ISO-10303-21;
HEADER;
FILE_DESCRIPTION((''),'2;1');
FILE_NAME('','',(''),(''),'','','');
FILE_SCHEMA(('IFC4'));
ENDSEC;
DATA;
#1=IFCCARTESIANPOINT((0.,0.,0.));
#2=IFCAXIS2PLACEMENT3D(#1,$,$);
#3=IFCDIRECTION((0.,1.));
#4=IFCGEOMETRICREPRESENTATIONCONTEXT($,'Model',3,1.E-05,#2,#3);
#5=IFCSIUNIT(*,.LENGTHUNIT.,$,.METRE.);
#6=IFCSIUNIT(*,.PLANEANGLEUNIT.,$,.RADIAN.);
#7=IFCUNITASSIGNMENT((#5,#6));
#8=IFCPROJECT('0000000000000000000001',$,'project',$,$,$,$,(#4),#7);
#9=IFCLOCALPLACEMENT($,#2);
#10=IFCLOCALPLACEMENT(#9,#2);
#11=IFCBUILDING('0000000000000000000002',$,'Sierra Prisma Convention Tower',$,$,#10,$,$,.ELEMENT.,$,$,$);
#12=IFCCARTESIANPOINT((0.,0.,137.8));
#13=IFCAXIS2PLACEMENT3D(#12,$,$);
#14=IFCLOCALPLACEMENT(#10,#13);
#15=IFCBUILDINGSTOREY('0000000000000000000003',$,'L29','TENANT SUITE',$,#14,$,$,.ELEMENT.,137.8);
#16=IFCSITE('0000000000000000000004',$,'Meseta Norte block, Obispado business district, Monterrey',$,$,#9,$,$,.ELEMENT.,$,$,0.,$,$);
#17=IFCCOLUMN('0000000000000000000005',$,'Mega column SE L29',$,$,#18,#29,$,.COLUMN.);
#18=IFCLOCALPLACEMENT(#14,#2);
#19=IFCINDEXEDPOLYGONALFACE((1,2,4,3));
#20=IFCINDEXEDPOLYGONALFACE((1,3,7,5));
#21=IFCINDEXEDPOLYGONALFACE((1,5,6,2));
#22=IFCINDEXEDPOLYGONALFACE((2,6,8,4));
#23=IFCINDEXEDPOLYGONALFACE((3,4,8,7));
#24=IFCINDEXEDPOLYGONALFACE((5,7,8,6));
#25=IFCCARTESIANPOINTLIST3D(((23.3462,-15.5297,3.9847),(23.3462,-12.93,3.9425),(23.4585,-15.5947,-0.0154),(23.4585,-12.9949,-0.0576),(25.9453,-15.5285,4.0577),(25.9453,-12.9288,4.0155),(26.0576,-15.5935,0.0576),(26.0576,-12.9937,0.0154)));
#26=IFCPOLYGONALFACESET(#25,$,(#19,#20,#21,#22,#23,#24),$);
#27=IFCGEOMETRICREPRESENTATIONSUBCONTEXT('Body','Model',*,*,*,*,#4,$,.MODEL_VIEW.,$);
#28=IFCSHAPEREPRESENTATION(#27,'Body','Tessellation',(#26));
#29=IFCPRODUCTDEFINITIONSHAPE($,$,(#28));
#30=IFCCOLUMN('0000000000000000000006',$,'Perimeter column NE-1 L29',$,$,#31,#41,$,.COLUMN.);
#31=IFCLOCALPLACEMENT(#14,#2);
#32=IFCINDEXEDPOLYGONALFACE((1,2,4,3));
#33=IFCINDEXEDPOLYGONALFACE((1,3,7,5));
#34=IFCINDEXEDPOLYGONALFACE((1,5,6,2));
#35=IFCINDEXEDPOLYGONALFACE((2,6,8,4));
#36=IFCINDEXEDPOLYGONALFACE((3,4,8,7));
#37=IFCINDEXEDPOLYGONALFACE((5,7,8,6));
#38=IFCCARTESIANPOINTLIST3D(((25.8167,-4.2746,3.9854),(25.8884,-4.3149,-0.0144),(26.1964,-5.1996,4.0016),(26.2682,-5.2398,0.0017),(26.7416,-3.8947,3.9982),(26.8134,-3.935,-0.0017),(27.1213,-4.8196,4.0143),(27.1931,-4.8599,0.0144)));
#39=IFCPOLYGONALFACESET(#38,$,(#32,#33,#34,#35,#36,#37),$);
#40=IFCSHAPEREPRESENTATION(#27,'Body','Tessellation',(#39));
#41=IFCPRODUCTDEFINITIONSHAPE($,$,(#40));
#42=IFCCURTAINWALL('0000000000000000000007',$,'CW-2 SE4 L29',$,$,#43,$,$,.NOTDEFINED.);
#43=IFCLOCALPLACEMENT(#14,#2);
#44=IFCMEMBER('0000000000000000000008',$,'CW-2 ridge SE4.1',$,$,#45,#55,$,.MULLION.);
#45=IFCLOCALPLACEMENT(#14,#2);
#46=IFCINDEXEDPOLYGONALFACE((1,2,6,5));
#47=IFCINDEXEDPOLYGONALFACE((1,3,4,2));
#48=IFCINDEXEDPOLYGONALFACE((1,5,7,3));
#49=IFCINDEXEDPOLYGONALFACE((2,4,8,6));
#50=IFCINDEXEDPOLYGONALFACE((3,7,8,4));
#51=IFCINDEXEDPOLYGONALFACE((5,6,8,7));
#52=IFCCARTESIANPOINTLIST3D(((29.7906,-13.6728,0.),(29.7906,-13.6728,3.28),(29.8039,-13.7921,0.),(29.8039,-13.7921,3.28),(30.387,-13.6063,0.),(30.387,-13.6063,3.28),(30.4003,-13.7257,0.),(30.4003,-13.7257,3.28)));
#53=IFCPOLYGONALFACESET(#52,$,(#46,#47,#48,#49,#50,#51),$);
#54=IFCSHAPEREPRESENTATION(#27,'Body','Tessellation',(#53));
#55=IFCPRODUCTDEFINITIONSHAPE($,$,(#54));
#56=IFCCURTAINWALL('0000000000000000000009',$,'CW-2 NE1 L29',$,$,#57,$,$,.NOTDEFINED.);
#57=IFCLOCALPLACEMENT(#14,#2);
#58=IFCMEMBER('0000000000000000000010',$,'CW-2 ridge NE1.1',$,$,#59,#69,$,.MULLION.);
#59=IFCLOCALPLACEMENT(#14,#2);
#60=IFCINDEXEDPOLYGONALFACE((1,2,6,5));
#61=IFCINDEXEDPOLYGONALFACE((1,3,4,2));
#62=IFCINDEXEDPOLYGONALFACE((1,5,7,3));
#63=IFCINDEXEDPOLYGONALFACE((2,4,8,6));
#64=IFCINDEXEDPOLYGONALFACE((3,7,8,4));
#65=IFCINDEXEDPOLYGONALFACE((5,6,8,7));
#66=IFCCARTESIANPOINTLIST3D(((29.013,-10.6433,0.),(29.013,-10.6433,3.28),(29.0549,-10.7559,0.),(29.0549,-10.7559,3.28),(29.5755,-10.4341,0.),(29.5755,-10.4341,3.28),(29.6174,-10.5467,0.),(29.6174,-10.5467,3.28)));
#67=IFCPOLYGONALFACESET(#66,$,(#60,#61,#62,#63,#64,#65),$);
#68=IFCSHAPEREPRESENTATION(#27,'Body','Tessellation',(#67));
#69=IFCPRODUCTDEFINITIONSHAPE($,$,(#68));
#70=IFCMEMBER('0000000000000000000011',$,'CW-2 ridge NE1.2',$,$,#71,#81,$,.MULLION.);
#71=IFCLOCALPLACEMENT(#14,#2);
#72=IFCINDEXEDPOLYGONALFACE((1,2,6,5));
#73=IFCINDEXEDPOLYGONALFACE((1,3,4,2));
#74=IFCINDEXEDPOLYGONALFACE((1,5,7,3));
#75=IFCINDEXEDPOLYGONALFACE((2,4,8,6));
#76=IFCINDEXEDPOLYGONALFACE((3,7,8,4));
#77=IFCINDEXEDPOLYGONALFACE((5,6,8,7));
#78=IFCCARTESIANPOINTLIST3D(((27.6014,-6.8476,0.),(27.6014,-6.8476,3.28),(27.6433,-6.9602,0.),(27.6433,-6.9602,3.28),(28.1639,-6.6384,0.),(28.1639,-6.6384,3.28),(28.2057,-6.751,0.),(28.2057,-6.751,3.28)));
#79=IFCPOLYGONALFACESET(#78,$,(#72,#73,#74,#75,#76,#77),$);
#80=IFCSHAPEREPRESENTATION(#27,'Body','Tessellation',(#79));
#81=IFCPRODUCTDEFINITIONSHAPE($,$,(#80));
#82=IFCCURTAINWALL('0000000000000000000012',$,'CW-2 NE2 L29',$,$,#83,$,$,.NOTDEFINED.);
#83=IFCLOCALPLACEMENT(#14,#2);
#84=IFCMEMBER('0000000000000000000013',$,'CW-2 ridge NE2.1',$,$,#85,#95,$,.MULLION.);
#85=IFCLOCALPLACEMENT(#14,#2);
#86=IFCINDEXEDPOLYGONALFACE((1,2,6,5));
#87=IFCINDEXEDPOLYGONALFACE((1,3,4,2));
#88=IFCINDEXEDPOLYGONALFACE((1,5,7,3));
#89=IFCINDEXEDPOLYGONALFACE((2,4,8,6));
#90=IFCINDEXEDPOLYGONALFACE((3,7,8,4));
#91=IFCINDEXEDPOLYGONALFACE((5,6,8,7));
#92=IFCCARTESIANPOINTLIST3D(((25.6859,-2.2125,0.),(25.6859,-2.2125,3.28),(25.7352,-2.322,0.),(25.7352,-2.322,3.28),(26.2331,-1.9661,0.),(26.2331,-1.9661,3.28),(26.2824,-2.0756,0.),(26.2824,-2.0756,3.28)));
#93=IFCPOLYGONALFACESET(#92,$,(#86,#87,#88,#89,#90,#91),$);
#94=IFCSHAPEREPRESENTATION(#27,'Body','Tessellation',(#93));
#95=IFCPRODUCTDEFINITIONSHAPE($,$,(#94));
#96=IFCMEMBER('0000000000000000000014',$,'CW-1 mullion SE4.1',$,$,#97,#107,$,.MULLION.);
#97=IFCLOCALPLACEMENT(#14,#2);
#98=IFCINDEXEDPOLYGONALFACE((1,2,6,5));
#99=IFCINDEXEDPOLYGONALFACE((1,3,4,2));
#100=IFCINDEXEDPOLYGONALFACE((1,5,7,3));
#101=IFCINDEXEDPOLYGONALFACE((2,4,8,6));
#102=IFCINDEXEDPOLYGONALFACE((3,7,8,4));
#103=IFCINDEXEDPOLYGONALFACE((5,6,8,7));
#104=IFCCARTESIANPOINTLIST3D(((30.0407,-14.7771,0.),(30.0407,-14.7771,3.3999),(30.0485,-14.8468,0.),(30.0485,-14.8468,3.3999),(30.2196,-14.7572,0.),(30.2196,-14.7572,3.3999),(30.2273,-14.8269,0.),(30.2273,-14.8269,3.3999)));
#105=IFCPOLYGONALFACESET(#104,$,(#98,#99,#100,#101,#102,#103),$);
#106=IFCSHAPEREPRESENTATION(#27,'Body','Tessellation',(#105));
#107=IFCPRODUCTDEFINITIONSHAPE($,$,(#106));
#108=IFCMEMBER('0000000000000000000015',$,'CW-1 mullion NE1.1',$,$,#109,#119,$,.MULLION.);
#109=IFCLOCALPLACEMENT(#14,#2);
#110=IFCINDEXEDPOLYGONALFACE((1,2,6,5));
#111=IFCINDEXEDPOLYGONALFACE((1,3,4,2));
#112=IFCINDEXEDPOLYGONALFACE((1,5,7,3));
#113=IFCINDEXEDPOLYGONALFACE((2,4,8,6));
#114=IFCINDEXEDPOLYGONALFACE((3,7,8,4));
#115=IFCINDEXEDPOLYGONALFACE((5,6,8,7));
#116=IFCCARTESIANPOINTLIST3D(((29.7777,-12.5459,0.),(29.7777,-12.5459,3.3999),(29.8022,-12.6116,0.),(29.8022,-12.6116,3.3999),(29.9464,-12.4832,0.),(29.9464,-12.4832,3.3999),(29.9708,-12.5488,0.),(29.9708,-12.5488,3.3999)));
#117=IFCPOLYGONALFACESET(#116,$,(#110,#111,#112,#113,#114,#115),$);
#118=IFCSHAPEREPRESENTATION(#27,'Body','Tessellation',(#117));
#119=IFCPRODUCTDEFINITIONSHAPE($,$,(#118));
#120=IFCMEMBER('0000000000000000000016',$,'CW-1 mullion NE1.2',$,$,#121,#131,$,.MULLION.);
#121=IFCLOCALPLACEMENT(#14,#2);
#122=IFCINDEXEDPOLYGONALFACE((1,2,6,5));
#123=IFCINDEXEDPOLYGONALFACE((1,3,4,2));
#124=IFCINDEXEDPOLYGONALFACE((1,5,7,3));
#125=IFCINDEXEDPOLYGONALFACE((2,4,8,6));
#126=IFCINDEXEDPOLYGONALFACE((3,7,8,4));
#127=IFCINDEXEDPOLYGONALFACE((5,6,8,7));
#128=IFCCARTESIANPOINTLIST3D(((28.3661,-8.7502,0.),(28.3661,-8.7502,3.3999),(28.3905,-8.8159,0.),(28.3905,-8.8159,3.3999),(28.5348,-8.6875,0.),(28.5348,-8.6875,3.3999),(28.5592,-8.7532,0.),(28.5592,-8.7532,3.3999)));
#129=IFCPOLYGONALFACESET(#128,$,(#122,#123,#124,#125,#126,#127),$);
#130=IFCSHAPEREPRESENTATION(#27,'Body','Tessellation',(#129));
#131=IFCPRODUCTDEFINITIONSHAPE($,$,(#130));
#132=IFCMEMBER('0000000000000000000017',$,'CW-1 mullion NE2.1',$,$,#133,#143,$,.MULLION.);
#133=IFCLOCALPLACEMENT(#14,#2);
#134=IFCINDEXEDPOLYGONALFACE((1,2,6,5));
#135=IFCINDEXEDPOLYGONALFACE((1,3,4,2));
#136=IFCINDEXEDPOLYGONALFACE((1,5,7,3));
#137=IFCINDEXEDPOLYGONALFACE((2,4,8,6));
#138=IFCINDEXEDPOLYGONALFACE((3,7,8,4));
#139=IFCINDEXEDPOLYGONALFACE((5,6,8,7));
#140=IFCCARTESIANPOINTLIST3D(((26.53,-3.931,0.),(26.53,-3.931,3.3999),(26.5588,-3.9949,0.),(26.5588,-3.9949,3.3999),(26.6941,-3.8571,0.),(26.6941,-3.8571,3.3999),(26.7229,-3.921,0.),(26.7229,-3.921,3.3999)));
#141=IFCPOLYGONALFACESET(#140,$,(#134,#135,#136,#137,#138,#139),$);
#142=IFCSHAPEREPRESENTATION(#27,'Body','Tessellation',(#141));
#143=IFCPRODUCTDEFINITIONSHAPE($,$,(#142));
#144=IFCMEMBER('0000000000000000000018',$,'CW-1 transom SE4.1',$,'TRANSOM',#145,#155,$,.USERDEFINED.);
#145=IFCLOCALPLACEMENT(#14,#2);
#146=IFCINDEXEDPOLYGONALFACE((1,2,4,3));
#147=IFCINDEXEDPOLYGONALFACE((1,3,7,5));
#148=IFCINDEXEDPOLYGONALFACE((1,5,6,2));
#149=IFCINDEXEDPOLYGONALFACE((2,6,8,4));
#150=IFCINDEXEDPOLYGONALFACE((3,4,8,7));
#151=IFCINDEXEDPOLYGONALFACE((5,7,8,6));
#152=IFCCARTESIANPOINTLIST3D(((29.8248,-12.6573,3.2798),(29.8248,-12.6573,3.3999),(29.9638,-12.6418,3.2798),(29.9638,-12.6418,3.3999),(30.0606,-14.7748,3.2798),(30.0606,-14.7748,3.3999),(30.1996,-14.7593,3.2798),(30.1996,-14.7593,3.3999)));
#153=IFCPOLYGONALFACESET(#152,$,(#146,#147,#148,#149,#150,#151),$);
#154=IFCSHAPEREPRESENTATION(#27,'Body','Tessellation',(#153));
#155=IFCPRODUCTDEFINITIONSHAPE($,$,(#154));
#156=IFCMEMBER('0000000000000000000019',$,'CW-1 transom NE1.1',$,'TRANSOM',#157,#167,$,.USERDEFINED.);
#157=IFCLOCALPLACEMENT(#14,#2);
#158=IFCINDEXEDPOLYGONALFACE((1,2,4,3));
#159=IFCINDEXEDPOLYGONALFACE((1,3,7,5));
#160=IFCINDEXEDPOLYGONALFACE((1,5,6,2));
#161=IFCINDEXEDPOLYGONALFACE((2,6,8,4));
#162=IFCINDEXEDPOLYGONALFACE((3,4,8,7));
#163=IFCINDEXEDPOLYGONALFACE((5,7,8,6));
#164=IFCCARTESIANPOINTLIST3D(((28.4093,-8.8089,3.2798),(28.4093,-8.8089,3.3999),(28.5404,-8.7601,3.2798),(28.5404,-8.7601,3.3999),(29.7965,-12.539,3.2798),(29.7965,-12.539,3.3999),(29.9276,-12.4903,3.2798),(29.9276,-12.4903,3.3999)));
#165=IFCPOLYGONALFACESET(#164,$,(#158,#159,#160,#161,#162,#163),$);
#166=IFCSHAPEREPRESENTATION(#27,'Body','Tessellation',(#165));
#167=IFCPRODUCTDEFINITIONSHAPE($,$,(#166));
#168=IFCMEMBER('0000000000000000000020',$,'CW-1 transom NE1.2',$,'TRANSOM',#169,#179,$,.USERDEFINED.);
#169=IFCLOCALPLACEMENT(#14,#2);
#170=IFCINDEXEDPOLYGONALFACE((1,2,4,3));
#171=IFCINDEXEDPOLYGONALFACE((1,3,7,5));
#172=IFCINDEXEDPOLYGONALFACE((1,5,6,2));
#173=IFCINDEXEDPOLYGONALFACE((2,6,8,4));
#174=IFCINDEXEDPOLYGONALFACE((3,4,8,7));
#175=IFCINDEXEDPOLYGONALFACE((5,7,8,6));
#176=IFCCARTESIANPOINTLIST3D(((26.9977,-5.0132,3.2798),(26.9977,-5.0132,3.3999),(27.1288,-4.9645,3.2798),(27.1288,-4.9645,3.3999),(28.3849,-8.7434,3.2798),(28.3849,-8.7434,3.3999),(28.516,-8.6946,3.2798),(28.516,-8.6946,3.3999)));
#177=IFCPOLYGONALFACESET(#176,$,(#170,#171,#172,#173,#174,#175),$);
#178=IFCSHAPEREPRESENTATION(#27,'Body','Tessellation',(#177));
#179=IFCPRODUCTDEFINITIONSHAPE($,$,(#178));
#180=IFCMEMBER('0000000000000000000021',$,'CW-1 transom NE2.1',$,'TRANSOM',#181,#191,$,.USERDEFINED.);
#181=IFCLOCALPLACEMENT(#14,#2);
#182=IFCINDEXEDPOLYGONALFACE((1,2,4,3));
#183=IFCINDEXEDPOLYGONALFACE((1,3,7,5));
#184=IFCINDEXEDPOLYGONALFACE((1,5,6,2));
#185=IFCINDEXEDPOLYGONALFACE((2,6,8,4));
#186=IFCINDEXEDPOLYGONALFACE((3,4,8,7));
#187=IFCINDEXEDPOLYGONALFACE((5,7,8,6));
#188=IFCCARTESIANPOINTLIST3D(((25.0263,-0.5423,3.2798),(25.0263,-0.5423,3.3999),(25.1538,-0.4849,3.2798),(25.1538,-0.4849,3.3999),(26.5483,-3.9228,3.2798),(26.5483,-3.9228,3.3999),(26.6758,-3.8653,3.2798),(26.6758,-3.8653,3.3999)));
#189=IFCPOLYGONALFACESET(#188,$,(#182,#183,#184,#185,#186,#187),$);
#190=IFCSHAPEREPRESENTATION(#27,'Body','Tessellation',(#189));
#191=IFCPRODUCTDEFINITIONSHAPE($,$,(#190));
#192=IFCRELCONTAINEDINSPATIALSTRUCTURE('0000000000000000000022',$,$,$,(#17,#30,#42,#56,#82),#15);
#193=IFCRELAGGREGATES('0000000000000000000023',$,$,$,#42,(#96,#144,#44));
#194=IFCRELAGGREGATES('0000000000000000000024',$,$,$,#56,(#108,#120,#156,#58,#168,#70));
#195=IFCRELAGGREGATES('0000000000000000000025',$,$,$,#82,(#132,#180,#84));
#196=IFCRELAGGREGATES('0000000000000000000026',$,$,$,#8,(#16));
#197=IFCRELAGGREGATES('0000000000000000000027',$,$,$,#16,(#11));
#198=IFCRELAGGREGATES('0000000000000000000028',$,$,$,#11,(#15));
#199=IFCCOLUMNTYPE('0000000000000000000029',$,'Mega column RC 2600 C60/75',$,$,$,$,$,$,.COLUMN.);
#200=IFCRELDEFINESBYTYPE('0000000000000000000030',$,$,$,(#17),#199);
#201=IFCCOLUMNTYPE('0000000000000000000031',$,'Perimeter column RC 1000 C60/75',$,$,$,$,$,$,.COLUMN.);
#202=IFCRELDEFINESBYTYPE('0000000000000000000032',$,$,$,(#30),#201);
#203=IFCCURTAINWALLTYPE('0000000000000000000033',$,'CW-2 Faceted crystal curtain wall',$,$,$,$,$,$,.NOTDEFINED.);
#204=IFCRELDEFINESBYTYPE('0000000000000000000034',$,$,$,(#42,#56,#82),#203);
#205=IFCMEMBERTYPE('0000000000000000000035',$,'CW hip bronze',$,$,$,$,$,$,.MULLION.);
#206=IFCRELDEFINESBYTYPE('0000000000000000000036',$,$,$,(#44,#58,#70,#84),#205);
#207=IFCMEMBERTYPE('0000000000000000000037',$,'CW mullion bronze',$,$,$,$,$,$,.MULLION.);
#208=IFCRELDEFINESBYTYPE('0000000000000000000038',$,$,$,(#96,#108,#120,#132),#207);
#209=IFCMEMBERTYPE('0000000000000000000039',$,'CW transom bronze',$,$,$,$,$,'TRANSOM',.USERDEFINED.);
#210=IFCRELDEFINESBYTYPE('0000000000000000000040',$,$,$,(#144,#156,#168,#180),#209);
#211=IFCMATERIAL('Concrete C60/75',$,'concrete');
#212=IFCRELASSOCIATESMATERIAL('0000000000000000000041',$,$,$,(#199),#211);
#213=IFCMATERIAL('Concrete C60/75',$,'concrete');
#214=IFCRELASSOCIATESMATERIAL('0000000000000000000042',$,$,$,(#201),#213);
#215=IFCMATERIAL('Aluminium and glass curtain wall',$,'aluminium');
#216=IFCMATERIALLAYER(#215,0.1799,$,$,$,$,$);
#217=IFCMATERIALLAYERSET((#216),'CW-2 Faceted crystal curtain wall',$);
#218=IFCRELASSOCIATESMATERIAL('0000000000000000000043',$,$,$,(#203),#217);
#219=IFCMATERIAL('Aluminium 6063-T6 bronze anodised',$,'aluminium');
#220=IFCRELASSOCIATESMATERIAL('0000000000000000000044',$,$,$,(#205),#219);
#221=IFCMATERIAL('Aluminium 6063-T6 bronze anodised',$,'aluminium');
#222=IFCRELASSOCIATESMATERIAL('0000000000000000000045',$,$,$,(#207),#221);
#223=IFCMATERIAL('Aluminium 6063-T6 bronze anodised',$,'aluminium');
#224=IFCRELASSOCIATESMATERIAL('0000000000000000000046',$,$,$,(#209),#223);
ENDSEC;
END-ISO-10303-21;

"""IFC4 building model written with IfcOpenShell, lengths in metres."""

from ifc_helpers import new_model, si_unit, direction, frame, origin, origin_2d, place, context, subcontext, project, spatial, rectangle, extrude, material, layer, layer_set, material_profile, profile_set, type_object, element, aggregate, save


model = new_model("IFC4")

# Units and contexts
model_context = context("Model", 3, precision=1e-05, world=origin(), true_north=direction((0.0, 1.0)))
body_context = subcontext(model_context, "Body", "Model", "MODEL_VIEW")
ifc_project = project(units=[si_unit("LENGTHUNIT", "METRE"), si_unit("PLANEANGLEUNIT", "RADIAN")], contexts=[model_context])

# Site, building, storey
site_placement = place(None, origin())
site = spatial("IfcSite", under=ifc_project, at=site_placement, Name="Meseta Norte block, Obispado business district, Monterrey", CompositionType="ELEMENT", RefElevation=0.0)
building_placement = place(site_placement, origin())
building = spatial("IfcBuilding", under=site, at=building_placement, Name="Sierra Prisma Convention Tower", CompositionType="ELEMENT")
storey_placement = place(building_placement, frame((0.0, 0.0, 137.8)))
storey = spatial("IfcBuildingStorey", under=building, at=storey_placement, Name="L29", Description="TENANT SUITE", CompositionType="ELEMENT", Elevation=137.8)

# Columns
ifc_material_1 = material(Name="Concrete C60/75", Category="concrete")
ifc_material_profile_1 = material_profile(ifc_material_1, rectangle(XDim=2.6001, YDim=2.6001, at=origin_2d()), Name="Mega column RC 2600 C60/75")
ifc_profile_set_1 = profile_set([ifc_material_profile_1], Name="Concrete C60/75")
column_type_1 = type_object("IfcColumnType", Name="Mega column RC 2600 C60/75", PredefinedType="COLUMN", material=ifc_profile_set_1)
column_1_placement = place(storey_placement, frame((24.7581, -14.2942, 0.0), z_axis=(-0.028061, 0.016227, 0.999474), x_axis=(0.999606, 0.000456, 0.028058)))
element("IfcColumn", 1, at=column_1_placement, inside=storey, type_object=column_type_1, Name="Mega column SE L29", PredefinedType="COLUMN", context=body_context, shape_type="SweptSolid", body=[
    extrude(rectangle(XDim=2.6001, YDim=2.6001, at=origin_2d()), origin(), (0.0, 0.0, 1.0), 4.0022),
])
ifc_material_2 = material(Name="Concrete C60/75", Category="concrete")
ifc_material_profile_2 = material_profile(ifc_material_2, rectangle(XDim=1.0, YDim=1.0, at=origin_2d()), Name="Perimeter column RC 1000 C60/75")
ifc_profile_set_2 = profile_set([ifc_material_profile_2], Name="Concrete C60/75")
column_type_2 = type_object("IfcColumnType", Name="Perimeter column RC 1000 C60/75", PredefinedType="COLUMN", material=ifc_profile_set_2)
column_2_placement = place(storey_placement, frame((26.5408, -4.5874, 0.0), z_axis=(-0.017941, 0.010069, 0.999788), x_axis=(-0.379721, 0.92496, -0.016129)))
element("IfcColumn", 2, at=column_2_placement, inside=storey, type_object=column_type_2, Name="Perimeter column NE-1 L29", PredefinedType="COLUMN", context=body_context, shape_type="SweptSolid", body=[
    extrude(rectangle(XDim=1.0, YDim=1.0, at=origin_2d()), origin(), (0.0, 0.0, 1.0), 4.0007),
])

# Curtain wall, member
ifc_material_3 = material(Name="Aluminium and glass curtain wall", Category="aluminium")
ifc_layer_1 = layer(ifc_material_3, 0.1799)
ifc_layer_set_1 = layer_set([ifc_layer_1], Name="CW-2 Faceted crystal curtain wall")
curtain_wall_type = type_object("IfcCurtainWallType", Name="CW-2 Faceted crystal curtain wall", PredefinedType="NOTDEFINED", material=ifc_layer_set_1)
curtain_wall_1_placement = place(storey_placement, origin())
curtain_wall_1 = element("IfcCurtainWall", 3, at=curtain_wall_1_placement, inside=storey, type_object=curtain_wall_type, Name="CW-2 SE4 L29", PredefinedType="NOTDEFINED")
ifc_material_4 = material(Name="Aluminium 6063-T6 bronze anodised", Category="aluminium")
ifc_material_profile_3 = material_profile(ifc_material_4, rectangle(XDim=0.1201, YDim=0.6001, at=origin_2d()), Name="ALU RIDGE BLADE 120x600")
ifc_profile_set_3 = profile_set([ifc_material_profile_3], Name="Aluminium 6063-T6 bronze anodised")
member_type_1 = type_object("IfcMemberType", Name="CW hip bronze", PredefinedType="MULLION", material=ifc_profile_set_3)
member_1_placement = place(storey_placement, frame((30.0955, -13.6992, 0.0), z_axis=(0.0, 0.0, 1.0), x_axis=(-0.110779, 0.993845, 0.0)))
member_1 = element("IfcMember", 4, at=member_1_placement, type_object=member_type_1, Name="CW-2 ridge SE4.1", PredefinedType="MULLION", context=body_context, shape_type="SweptSolid", body=[
    extrude(rectangle(XDim=0.1201, YDim=0.6001, at=origin_2d()), origin(), (0.0, 0.0, 1.0), 3.28),
])

# Curtain wall, members
curtain_wall_2_placement = place(storey_placement, origin())
curtain_wall_2 = element("IfcCurtainWall", 5, at=curtain_wall_2_placement, inside=storey, type_object=curtain_wall_type, Name="CW-2 NE1 L29", PredefinedType="NOTDEFINED")
member_2_placement = place(storey_placement, frame((29.3152, -10.595, 0.0), z_axis=(0.0, 0.0, 1.0), x_axis=(-0.348577, 0.93728, 0.0)))
member_2 = element("IfcMember", 6, at=member_2_placement, type_object=member_type_1, Name="CW-2 ridge NE1.1", PredefinedType="MULLION", context=body_context, shape_type="SweptSolid", body=[
    extrude(rectangle(XDim=0.1201, YDim=0.6001, at=origin_2d()), origin(), (0.0, 0.0, 1.0), 3.28),
])
member_3_placement = place(storey_placement, frame((27.9036, -6.7993, 0.0), z_axis=(0.0, 0.0, 1.0), x_axis=(-0.348577, 0.93728, 0.0)))
member_3 = element("IfcMember", 7, at=member_3_placement, type_object=member_type_1, Name="CW-2 ridge NE1.2", PredefinedType="MULLION", context=body_context, shape_type="SweptSolid", body=[
    extrude(rectangle(XDim=0.1201, YDim=0.6001, at=origin_2d()), origin(), (0.0, 0.0, 1.0), 3.28),
])

# Curtain wall, member
curtain_wall_3_placement = place(storey_placement, origin())
curtain_wall_3 = element("IfcCurtainWall", 8, at=curtain_wall_3_placement, inside=storey, type_object=curtain_wall_type, Name="CW-2 NE2 L29", PredefinedType="NOTDEFINED")
member_4_placement = place(storey_placement, frame((25.9841, -2.144, 0.0), z_axis=(0.0, 0.0, 1.0), x_axis=(-0.410562, 0.911833, 0.0)))
member_4 = element("IfcMember", 9, at=member_4_placement, type_object=member_type_1, Name="CW-2 ridge NE2.1", PredefinedType="MULLION", context=body_context, shape_type="SweptSolid", body=[
    extrude(rectangle(XDim=0.1201, YDim=0.6001, at=origin_2d()), origin(), (0.0, 0.0, 1.0), 3.28),
])

# Members
ifc_material_5 = material(Name="Aluminium 6063-T6 bronze anodised", Category="aluminium")
ifc_material_profile_4 = material_profile(ifc_material_5, rectangle(XDim=0.1799, YDim=0.0701, at=origin_2d()), Name="ALU MULLION 70x180")
ifc_profile_set_4 = profile_set([ifc_material_profile_4], Name="Aluminium 6063-T6 bronze anodised")
member_type_2 = type_object("IfcMemberType", Name="CW mullion bronze", PredefinedType="MULLION", material=ifc_profile_set_4)
member_5_placement = place(storey_placement, frame((30.134, -14.802, 0.0), z_axis=(0.0, 0.0, 1.0), x_axis=(-0.993845, -0.110779, 0.0)))
member_5 = element("IfcMember", 10, at=member_5_placement, type_object=member_type_2, Name="CW-1 mullion SE4.1", PredefinedType="MULLION", context=body_context, shape_type="SweptSolid", body=[
    extrude(rectangle(XDim=0.1799, YDim=0.0701, at=origin_2d()), origin(), (0.0, 0.0, 1.0), 3.3999),
])
member_6_placement = place(storey_placement, frame((29.8743, -12.5474, 0.0), z_axis=(0.0, 0.0, 1.0), x_axis=(-0.93728, -0.348577, 0.0)))
member_6 = element("IfcMember", 11, at=member_6_placement, type_object=member_type_2, Name="CW-1 mullion NE1.1", PredefinedType="MULLION", context=body_context, shape_type="SweptSolid", body=[
    extrude(rectangle(XDim=0.1799, YDim=0.0701, at=origin_2d()), origin(), (0.0, 0.0, 1.0), 3.3999),
])
member_7_placement = place(storey_placement, frame((28.4626, -8.7517, 0.0), z_axis=(0.0, 0.0, 1.0), x_axis=(-0.93728, -0.348577, 0.0)))
member_7 = element("IfcMember", 12, at=member_7_placement, type_object=member_type_2, Name="CW-1 mullion NE1.2", PredefinedType="MULLION", context=body_context, shape_type="SweptSolid", body=[
    extrude(rectangle(XDim=0.1799, YDim=0.0701, at=origin_2d()), origin(), (0.0, 0.0, 1.0), 3.3999),
])
member_8_placement = place(storey_placement, frame((26.6265, -3.926, 0.0), z_axis=(0.0, 0.0, 1.0), x_axis=(-0.911833, -0.410562, 0.0)))
member_8 = element("IfcMember", 13, at=member_8_placement, type_object=member_type_2, Name="CW-1 mullion NE2.1", PredefinedType="MULLION", context=body_context, shape_type="SweptSolid", body=[
    extrude(rectangle(XDim=0.1799, YDim=0.0701, at=origin_2d()), origin(), (0.0, 0.0, 1.0), 3.3999),
])
ifc_material_6 = material(Name="Aluminium 6063-T6 bronze anodised", Category="aluminium")
ifc_material_profile_5 = material_profile(ifc_material_6, rectangle(XDim=0.1399, YDim=0.1201, at=origin_2d()), Name="ALU TRANSOM 120x140")
ifc_profile_set_5 = profile_set([ifc_material_profile_5], Name="Aluminium 6063-T6 bronze anodised")
member_type_3 = type_object("IfcMemberType", Name="CW transom bronze", ElementType="TRANSOM", PredefinedType="USERDEFINED", material=ifc_profile_set_5)
member_9_placement = place(storey_placement, frame((30.1301, -14.7671, 3.3398), z_axis=(-0.110696, 0.993854, 0.0), x_axis=(-0.993854, -0.110696, 0.0)))
member_9 = element("IfcMember", 14, at=member_9_placement, type_object=member_type_3, Name="CW-1 transom SE4.1", ObjectType="TRANSOM", PredefinedType="USERDEFINED", context=body_context, shape_type="SweptSolid", body=[
    extrude(rectangle(XDim=0.1399, YDim=0.1201, at=origin_2d()), origin(), (0.0, 0.0, 1.0), 2.1306),
])
member_10_placement = place(storey_placement, frame((29.8621, -12.5146, 3.3398), z_axis=(-0.348561, 0.937286, 0.0), x_axis=(-0.937286, -0.348561, 0.0)))
member_10 = element("IfcMember", 15, at=member_10_placement, type_object=member_type_3, Name="CW-1 transom NE1.1", ObjectType="TRANSOM", PredefinedType="USERDEFINED", context=body_context, shape_type="SweptSolid", body=[
    extrude(rectangle(XDim=0.1399, YDim=0.1201, at=origin_2d()), origin(), (0.0, 0.0, 1.0), 3.9797),
])
member_11_placement = place(storey_placement, frame((28.4504, -8.719, 3.3398), z_axis=(-0.348561, 0.937286, 0.0), x_axis=(-0.937286, -0.348561, 0.0)))
member_11 = element("IfcMember", 16, at=member_11_placement, type_object=member_type_3, Name="CW-1 transom NE1.2", ObjectType="TRANSOM", PredefinedType="USERDEFINED", context=body_context, shape_type="SweptSolid", body=[
    extrude(rectangle(XDim=0.1399, YDim=0.1201, at=origin_2d()), origin(), (0.0, 0.0, 1.0), 3.9797),
])
member_12_placement = place(storey_placement, frame((26.6121, -3.894, 3.3398), z_axis=(-0.410545, 0.91184, 0.0), x_axis=(-0.91184, -0.410545, 0.0)))
member_12 = element("IfcMember", 17, at=member_12_placement, type_object=member_type_3, Name="CW-1 transom NE2.1", ObjectType="TRANSOM", PredefinedType="USERDEFINED", context=body_context, shape_type="SweptSolid", body=[
    extrude(rectangle(XDim=0.1399, YDim=0.1201, at=origin_2d()), origin(), (0.0, 0.0, 1.0), 3.7073),
])

aggregate(curtain_wall_1, [member_5, member_9, member_1])
aggregate(curtain_wall_2, [member_6, member_7, member_10, member_2, member_11, member_3])
aggregate(curtain_wall_3, [member_8, member_12, member_4])

save(model, "model.ifc")
